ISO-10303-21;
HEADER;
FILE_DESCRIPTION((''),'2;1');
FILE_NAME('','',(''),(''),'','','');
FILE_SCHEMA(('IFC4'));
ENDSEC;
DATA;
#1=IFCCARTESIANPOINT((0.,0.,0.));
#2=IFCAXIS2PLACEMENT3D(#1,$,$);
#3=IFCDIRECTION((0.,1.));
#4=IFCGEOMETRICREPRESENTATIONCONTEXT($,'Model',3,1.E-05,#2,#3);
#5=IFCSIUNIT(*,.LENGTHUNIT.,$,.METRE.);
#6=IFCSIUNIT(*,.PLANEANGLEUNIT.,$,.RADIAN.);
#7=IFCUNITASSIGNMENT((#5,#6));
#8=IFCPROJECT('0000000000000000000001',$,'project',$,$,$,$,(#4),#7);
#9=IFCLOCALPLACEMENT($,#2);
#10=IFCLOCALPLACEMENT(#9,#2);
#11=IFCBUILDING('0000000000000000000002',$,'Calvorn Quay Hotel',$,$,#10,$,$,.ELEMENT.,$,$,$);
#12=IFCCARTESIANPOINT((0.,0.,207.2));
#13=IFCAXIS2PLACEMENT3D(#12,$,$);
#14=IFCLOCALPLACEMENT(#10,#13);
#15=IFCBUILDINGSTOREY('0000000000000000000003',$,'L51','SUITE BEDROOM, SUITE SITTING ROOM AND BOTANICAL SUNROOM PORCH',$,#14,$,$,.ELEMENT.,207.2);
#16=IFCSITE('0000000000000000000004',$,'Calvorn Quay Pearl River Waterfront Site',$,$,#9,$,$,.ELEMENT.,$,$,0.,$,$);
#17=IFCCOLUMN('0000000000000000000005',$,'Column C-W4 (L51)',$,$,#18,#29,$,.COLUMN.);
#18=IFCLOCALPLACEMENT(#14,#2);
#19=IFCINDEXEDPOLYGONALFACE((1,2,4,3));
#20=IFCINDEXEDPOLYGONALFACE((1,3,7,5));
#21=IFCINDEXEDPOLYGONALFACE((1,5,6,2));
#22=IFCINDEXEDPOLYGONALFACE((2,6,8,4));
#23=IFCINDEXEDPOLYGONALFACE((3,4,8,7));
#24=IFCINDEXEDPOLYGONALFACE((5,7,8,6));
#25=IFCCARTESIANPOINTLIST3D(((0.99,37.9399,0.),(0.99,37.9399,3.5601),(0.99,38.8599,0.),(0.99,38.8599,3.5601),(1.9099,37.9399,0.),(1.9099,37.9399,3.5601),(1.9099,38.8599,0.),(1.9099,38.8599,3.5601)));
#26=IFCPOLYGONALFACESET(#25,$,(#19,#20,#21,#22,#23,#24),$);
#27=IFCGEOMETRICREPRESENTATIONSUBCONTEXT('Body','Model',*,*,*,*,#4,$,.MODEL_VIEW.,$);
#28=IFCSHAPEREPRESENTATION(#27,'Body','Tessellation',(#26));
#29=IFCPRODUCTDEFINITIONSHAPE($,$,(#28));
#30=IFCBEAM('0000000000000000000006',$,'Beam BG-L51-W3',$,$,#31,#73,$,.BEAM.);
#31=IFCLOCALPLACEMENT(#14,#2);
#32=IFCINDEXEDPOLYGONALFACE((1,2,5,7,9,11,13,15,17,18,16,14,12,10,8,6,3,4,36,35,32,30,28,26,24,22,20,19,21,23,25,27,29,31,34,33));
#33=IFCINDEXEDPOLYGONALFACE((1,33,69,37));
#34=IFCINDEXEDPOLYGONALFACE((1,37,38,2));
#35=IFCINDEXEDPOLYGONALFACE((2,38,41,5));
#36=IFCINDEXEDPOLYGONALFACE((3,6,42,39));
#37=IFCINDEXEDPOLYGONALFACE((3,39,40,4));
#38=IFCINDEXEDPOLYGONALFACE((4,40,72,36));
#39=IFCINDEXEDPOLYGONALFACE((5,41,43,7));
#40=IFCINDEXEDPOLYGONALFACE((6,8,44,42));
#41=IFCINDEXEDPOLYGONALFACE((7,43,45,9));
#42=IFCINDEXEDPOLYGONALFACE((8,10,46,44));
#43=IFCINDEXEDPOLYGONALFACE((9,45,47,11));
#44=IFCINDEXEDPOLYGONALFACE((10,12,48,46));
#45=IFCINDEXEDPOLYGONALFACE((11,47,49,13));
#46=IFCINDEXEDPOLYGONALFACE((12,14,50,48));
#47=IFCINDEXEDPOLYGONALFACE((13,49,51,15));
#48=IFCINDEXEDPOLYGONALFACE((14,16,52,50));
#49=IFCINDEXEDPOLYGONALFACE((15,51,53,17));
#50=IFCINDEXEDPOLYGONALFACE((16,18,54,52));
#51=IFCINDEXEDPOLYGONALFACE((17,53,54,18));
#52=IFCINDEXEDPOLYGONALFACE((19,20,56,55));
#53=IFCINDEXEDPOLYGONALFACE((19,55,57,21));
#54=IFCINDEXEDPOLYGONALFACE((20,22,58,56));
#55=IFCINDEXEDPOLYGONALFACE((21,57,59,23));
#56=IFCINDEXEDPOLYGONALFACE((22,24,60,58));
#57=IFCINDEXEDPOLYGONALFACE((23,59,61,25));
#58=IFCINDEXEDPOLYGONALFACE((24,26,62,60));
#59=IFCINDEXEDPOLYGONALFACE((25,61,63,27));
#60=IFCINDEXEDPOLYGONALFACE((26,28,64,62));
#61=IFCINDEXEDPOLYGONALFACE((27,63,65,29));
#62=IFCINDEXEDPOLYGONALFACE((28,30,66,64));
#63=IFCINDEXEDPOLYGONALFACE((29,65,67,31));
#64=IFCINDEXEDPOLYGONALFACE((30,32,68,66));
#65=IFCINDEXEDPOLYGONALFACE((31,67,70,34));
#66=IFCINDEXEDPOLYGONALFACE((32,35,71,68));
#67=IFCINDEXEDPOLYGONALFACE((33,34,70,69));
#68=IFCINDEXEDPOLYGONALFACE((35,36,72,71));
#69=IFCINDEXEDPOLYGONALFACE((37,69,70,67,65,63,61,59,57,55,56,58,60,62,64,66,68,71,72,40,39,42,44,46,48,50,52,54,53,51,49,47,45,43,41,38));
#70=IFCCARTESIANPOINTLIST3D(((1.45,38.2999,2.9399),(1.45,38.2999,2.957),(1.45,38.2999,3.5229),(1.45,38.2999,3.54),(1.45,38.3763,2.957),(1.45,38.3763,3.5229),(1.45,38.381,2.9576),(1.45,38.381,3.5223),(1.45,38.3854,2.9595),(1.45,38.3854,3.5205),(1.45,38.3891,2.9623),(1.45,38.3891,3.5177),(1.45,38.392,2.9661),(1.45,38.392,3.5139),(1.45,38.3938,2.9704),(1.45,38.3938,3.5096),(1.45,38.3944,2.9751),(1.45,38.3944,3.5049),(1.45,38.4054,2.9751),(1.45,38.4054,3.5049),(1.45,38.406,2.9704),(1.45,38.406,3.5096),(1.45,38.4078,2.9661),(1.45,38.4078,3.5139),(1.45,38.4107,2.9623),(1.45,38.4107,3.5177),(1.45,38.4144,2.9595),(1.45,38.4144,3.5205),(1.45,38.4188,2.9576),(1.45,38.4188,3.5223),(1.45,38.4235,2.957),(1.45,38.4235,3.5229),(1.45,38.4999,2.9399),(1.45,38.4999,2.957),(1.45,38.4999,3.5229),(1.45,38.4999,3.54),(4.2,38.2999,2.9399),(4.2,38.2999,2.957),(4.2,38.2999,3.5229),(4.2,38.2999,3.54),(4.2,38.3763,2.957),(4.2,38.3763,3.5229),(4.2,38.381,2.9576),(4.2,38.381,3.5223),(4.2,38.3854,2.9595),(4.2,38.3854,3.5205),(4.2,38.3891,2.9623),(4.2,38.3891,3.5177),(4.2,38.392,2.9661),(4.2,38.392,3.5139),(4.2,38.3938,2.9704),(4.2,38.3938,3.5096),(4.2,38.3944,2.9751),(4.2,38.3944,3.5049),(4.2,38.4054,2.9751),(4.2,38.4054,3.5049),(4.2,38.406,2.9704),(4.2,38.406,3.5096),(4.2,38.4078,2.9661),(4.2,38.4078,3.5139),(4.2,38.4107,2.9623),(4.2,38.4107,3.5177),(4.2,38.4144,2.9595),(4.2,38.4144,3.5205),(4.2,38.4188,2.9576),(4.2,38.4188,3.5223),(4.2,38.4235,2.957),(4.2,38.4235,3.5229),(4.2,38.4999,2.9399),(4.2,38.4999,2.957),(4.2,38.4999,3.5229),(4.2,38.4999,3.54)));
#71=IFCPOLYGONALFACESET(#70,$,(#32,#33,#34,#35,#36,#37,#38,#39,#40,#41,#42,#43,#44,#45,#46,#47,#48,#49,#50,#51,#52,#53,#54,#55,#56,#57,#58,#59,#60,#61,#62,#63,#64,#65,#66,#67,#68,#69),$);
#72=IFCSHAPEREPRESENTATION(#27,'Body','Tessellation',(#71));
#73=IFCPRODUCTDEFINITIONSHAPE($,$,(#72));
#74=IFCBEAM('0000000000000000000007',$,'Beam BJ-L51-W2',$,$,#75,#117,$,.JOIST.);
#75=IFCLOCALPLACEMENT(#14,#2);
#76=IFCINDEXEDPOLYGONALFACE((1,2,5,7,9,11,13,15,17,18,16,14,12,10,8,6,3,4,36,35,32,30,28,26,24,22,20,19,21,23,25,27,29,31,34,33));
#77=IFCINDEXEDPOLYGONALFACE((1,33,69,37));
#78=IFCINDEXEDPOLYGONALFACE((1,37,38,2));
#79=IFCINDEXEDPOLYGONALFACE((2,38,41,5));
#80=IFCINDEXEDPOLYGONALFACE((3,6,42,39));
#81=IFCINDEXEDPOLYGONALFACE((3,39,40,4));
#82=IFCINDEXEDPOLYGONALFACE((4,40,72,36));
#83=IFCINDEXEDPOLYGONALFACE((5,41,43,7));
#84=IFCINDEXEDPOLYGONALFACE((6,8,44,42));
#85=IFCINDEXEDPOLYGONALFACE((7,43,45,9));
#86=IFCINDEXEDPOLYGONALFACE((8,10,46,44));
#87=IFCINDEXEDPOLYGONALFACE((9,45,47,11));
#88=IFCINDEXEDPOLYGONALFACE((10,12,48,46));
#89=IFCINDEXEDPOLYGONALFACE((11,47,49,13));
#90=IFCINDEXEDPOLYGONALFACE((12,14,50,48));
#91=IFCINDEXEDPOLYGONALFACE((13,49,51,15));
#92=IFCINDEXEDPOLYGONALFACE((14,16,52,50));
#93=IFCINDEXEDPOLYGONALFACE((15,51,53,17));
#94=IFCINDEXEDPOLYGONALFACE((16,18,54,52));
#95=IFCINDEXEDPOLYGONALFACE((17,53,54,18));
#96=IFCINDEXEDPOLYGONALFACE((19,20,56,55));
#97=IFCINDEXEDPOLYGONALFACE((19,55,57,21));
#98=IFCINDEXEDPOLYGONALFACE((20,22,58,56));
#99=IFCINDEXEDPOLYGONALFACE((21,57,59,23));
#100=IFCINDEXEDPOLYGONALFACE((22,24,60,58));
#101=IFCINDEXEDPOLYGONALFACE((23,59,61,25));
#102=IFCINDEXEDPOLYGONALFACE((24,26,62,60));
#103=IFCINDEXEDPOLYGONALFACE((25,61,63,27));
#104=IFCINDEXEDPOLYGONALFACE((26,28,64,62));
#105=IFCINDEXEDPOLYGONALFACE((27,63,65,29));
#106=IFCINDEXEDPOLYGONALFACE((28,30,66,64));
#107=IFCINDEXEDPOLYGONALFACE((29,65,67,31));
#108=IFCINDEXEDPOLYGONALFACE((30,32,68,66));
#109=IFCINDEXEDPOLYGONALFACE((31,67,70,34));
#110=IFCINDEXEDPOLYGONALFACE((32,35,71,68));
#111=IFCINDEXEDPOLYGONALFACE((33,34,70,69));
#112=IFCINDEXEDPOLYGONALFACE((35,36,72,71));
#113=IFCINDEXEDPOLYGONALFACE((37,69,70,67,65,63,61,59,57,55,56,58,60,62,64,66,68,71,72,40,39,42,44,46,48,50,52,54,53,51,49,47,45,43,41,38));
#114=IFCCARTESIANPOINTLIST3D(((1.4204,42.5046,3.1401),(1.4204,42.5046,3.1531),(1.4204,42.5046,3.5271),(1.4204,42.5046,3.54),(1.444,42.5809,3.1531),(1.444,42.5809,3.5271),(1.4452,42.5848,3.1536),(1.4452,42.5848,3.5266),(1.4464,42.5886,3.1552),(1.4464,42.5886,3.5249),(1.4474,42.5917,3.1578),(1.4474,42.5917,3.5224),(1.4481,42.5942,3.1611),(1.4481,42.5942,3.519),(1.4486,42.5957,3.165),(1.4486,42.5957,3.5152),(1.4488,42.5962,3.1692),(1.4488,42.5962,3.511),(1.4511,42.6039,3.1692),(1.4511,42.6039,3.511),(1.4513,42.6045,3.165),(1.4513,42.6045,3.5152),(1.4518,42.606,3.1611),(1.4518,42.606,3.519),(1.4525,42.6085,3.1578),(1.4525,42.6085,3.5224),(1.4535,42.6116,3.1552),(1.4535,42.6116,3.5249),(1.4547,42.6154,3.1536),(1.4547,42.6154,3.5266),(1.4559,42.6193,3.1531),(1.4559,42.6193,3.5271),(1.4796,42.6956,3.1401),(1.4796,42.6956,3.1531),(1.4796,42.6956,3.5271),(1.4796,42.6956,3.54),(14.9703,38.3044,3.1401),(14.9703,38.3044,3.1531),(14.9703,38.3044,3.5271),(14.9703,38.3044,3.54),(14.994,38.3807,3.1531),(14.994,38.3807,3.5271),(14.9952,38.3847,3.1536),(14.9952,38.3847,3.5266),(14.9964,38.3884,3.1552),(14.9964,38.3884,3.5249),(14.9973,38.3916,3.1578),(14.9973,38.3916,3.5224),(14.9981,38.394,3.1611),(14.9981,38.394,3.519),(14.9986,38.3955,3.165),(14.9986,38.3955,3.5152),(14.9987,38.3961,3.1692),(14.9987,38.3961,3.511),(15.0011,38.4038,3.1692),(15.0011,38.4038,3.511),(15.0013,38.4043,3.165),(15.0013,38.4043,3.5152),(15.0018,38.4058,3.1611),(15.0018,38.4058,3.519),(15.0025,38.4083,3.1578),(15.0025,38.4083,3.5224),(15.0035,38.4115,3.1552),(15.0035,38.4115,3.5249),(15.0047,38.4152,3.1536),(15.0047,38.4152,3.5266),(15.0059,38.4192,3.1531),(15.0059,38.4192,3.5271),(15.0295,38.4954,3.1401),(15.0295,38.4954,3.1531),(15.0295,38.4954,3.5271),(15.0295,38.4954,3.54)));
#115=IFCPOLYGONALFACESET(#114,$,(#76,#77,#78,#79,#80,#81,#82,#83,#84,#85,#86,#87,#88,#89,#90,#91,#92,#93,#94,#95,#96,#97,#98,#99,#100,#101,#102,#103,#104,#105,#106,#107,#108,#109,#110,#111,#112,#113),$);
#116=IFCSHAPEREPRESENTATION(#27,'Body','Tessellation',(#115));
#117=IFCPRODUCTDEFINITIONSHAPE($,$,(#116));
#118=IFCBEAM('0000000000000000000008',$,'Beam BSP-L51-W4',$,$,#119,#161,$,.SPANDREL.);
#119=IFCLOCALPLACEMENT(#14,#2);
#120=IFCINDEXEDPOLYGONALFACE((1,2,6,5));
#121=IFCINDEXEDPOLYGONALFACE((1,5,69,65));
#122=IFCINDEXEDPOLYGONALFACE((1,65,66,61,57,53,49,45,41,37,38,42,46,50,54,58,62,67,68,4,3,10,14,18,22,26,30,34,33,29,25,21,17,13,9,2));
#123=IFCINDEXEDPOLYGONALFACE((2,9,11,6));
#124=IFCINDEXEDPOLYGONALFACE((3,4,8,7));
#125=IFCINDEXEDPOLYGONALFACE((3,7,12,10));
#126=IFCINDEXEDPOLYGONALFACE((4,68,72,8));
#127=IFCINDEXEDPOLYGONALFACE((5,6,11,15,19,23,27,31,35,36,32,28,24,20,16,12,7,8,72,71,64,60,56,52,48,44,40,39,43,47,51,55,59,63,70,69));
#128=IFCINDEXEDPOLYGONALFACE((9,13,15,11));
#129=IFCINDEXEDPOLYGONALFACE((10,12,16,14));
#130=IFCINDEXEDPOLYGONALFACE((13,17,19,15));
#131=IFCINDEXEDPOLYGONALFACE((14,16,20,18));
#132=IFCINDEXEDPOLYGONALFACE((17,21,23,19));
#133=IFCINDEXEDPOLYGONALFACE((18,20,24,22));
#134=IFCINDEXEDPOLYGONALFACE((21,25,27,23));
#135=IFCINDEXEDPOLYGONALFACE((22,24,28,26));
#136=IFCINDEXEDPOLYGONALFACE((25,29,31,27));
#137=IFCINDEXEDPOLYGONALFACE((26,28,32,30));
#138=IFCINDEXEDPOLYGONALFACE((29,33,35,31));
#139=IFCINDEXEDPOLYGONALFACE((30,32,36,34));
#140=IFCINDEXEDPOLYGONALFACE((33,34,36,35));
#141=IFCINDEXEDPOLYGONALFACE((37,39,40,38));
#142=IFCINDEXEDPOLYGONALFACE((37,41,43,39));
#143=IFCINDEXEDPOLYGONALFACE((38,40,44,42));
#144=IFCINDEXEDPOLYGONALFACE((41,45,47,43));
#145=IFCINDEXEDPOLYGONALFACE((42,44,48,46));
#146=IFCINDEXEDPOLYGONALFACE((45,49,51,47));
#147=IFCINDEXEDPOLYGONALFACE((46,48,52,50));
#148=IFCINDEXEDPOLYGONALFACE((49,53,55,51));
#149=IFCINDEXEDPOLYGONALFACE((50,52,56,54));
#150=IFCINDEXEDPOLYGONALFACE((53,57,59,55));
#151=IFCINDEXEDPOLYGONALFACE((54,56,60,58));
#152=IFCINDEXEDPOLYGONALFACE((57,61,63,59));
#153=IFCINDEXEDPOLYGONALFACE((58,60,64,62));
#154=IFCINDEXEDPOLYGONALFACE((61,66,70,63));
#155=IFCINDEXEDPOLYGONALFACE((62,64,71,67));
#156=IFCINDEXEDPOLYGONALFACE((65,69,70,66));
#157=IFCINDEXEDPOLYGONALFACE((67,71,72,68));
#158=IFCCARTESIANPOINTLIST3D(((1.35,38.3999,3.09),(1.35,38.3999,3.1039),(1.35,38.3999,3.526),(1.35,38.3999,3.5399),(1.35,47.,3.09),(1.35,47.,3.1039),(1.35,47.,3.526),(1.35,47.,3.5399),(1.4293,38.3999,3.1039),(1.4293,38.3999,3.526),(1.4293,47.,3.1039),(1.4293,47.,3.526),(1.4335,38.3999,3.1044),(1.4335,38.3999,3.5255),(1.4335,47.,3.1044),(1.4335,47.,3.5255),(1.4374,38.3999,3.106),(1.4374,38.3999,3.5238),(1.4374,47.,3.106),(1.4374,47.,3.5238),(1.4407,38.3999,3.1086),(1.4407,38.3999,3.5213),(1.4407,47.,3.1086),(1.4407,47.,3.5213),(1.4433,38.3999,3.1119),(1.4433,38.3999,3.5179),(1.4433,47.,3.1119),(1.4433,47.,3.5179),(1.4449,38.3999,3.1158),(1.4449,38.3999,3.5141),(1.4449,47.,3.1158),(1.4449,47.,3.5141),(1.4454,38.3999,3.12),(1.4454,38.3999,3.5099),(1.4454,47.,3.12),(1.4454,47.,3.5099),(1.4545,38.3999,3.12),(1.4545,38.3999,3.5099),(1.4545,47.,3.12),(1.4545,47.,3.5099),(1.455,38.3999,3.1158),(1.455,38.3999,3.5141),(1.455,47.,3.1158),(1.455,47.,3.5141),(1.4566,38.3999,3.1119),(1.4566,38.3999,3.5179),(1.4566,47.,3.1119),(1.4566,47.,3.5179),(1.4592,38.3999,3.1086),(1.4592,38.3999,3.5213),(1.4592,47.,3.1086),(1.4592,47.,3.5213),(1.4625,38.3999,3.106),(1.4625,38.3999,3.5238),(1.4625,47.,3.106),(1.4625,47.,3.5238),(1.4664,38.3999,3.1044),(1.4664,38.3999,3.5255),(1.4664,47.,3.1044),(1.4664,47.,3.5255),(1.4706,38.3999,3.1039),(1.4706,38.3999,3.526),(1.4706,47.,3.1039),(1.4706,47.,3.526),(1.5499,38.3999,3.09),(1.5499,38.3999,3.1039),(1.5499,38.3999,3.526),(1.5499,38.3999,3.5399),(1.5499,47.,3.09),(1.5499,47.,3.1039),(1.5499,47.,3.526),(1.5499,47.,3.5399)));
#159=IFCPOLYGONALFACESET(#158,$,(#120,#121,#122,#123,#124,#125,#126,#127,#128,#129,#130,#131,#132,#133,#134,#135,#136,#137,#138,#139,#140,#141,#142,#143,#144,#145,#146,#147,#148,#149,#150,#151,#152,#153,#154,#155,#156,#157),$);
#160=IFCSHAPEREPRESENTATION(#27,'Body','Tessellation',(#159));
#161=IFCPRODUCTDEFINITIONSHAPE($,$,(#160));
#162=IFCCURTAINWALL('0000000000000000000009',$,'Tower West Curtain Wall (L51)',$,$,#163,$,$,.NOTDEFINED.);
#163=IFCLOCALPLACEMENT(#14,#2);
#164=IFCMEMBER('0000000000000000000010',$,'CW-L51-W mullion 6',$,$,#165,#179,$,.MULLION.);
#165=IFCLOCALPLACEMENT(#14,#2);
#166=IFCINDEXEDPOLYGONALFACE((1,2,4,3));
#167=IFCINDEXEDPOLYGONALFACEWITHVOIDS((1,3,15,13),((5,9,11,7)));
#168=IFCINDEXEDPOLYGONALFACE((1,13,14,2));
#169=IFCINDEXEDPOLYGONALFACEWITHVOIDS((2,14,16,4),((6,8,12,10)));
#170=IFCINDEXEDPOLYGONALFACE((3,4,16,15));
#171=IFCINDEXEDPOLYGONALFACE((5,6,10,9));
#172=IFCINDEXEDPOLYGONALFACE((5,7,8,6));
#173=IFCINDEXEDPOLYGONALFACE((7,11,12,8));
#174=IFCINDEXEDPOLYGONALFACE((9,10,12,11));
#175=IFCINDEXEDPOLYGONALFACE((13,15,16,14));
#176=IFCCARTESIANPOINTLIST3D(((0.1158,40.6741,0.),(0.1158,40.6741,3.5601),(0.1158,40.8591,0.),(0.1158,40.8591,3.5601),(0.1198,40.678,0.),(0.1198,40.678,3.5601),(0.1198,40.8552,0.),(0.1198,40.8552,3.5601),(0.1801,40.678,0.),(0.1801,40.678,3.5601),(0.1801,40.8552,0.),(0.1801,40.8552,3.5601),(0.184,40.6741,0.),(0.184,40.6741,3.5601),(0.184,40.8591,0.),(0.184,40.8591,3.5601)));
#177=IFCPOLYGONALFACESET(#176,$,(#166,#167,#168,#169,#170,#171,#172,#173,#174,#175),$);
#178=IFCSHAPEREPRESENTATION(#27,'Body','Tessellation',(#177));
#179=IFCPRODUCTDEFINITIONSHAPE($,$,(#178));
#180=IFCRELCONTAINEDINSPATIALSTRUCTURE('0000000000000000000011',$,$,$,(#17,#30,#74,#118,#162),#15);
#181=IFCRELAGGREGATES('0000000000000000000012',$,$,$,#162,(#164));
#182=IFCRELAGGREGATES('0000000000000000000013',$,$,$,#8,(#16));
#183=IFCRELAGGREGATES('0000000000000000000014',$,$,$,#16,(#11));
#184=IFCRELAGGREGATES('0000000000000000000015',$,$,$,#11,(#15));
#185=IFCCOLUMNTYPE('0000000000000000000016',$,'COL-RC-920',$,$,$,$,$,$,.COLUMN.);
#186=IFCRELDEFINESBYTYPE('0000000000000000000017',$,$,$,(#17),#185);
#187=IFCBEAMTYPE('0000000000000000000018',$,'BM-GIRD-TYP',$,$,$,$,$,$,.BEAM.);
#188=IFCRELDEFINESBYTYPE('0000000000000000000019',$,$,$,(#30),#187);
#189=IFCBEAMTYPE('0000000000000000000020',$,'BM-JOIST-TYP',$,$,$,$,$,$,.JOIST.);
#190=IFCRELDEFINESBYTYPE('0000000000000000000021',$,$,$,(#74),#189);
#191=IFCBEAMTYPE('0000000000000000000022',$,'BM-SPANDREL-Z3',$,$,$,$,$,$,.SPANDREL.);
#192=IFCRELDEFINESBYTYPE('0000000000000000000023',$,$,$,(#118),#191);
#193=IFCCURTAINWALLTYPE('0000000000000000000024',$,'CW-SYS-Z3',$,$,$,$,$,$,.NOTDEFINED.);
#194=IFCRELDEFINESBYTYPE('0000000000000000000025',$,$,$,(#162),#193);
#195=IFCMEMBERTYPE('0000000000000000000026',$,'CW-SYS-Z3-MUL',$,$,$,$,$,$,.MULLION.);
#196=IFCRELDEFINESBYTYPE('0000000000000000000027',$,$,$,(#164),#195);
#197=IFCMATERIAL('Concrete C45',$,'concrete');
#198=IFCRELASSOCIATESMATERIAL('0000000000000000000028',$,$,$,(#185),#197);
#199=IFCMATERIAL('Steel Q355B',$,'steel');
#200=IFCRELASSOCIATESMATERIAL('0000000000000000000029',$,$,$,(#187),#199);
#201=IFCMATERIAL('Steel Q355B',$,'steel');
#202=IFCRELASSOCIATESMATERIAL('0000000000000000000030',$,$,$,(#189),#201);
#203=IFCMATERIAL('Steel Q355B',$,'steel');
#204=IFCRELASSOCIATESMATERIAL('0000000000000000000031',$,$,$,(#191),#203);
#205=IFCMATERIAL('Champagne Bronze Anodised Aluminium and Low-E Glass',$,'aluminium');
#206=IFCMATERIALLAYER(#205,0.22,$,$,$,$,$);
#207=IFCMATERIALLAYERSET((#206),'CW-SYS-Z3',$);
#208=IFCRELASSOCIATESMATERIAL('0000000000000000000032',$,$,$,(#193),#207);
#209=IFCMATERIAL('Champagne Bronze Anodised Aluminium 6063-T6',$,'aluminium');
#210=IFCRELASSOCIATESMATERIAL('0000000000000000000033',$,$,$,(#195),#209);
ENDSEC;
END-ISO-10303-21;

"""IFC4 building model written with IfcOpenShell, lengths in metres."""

from ifc_helpers import new_model, si_unit, direction, frame, origin, origin_2d, place, context, subcontext, project, spatial, rectangle, hollow_rectangle, i_section, extrude, material, layer, layer_set, material_profile, profile_set, type_object, element, aggregate, save


model = new_model("IFC4")

# Units and contexts
model_context = context("Model", 3, precision=1e-05, world=origin(), true_north=direction((0.0, 1.0)))
body_context = subcontext(model_context, "Body", "Model", "MODEL_VIEW")
ifc_project = project(units=[si_unit("LENGTHUNIT", "METRE"), si_unit("PLANEANGLEUNIT", "RADIAN")], contexts=[model_context])

# Site, building, storey
site_placement = place(None, origin())
site = spatial("IfcSite", under=ifc_project, at=site_placement, Name="Calvorn Quay Pearl River Waterfront Site", CompositionType="ELEMENT", RefElevation=0.0)
building_placement = place(site_placement, origin())
building = spatial("IfcBuilding", under=site, at=building_placement, Name="Calvorn Quay Hotel", CompositionType="ELEMENT")
storey_placement = place(building_placement, frame((0.0, 0.0, 207.2)))
storey = spatial("IfcBuildingStorey", under=building, at=storey_placement, Name="L51", Description="SUITE BEDROOM, SUITE SITTING ROOM AND BOTANICAL SUNROOM PORCH", CompositionType="ELEMENT", Elevation=207.2)

# Column
ifc_material_1 = material(Name="Concrete C45", Category="concrete")
ifc_material_profile_1 = material_profile(ifc_material_1, rectangle(XDim=0.9199, YDim=0.9199, at=origin_2d()), Name="RC920x920")
ifc_profile_set_1 = profile_set([ifc_material_profile_1], Name="Concrete C45")
column_type = type_object("IfcColumnType", Name="COL-RC-920", PredefinedType="COLUMN", material=ifc_profile_set_1)
column_placement = place(storey_placement, frame((1.45, 38.3999, 0.0), z_axis=(0.0, 0.0, 1.0), x_axis=(1.0, 0.0, 0.0)))
element("IfcColumn", 1, at=column_placement, inside=storey, type_object=column_type, Name="Column C-W4 (L51)", PredefinedType="COLUMN", context=body_context, shape_type="SweptSolid", body=[
    extrude(rectangle(XDim=0.9199, YDim=0.9199, at=origin_2d()), origin(), (0.0, 0.0, 1.0), 3.5601),
])

# Beams
ifc_material_2 = material(Name="Steel Q355B", Category="steel")
ifc_material_profile_2 = material_profile(ifc_material_2, i_section(OverallWidth=0.2, OverallDepth=0.6001, WebThickness=0.011, FlangeThickness=0.0171, FilletRadius=0.0181, at=origin_2d()), Name="HN600x200x11x17")
ifc_profile_set_2 = profile_set([ifc_material_profile_2], Name="Steel Q355B")
beam_type_1 = type_object("IfcBeamType", Name="BM-GIRD-TYP", PredefinedType="BEAM", material=ifc_profile_set_2)
beam_1_placement = place(storey_placement, frame((1.45, 38.3999, 3.24), z_axis=(1.0, 0.0, 0.0), x_axis=(0.0, 1.0, 0.0)))
element("IfcBeam", 2, at=beam_1_placement, inside=storey, type_object=beam_type_1, Name="Beam BG-L51-W3", PredefinedType="BEAM", context=body_context, shape_type="SweptSolid", body=[
    extrude(i_section(OverallWidth=0.2, OverallDepth=0.6001, WebThickness=0.011, FlangeThickness=0.0171, FilletRadius=0.0181, at=origin_2d()), origin(), (0.0, 0.0, 1.0), 2.75),
])
ifc_material_3 = material(Name="Steel Q355B", Category="steel")
ifc_material_profile_3 = material_profile(ifc_material_3, i_section(OverallWidth=0.2, OverallDepth=0.3999, WebThickness=0.0081, FlangeThickness=0.0129, FilletRadius=0.0161, at=origin_2d()), Name="HN400x200x8x13")
ifc_profile_set_3 = profile_set([ifc_material_profile_3], Name="Steel Q355B")
beam_type_2 = type_object("IfcBeamType", Name="BM-JOIST-TYP", PredefinedType="JOIST", material=ifc_profile_set_3)
beam_2_placement = place(storey_placement, frame((1.45, 42.6001, 3.3401), z_axis=(0.955164, -0.296078, 0.0), x_axis=(0.296078, 0.955164, 0.0)))
element("IfcBeam", 3, at=beam_2_placement, inside=storey, type_object=beam_type_2, Name="Beam BJ-L51-W2", PredefinedType="JOIST", context=body_context, shape_type="SweptSolid", body=[
    extrude(i_section(OverallWidth=0.2, OverallDepth=0.3999, WebThickness=0.0081, FlangeThickness=0.0129, FilletRadius=0.0161, at=origin_2d()), origin(), (0.0, 0.0, 1.0), 14.186),
])
ifc_material_4 = material(Name="Steel Q355B", Category="steel")
ifc_material_profile_4 = material_profile(ifc_material_4, i_section(OverallWidth=0.2, OverallDepth=0.45, WebThickness=0.009, FlangeThickness=0.0139, FilletRadius=0.0161, at=origin_2d()), Name="HN450x200x9x14")
ifc_profile_set_4 = profile_set([ifc_material_profile_4], Name="Steel Q355B")
beam_type_3 = type_object("IfcBeamType", Name="BM-SPANDREL-Z3", PredefinedType="SPANDREL", material=ifc_profile_set_4)
beam_3_placement = place(storey_placement, frame((1.45, 38.3999, 3.3149), z_axis=(0.0, 1.0, 0.0), x_axis=(-1.0, 0.0, 0.0)))
element("IfcBeam", 4, at=beam_3_placement, inside=storey, type_object=beam_type_3, Name="Beam BSP-L51-W4", PredefinedType="SPANDREL", context=body_context, shape_type="SweptSolid", body=[
    extrude(i_section(OverallWidth=0.2, OverallDepth=0.45, WebThickness=0.009, FlangeThickness=0.0139, FilletRadius=0.0161, at=origin_2d()), origin(), (0.0, 0.0, 1.0), 8.6001),
])

# Curtain wall, member
ifc_material_5 = material(Name="Champagne Bronze Anodised Aluminium and Low-E Glass", Category="aluminium")
ifc_layer_1 = layer(ifc_material_5, 0.22)
ifc_layer_set_1 = layer_set([ifc_layer_1], Name="CW-SYS-Z3")
curtain_wall_type = type_object("IfcCurtainWallType", Name="CW-SYS-Z3", PredefinedType="NOTDEFINED", material=ifc_layer_set_1)
curtain_wall_placement = place(storey_placement, origin())
curtain_wall = element("IfcCurtainWall", 5, at=curtain_wall_placement, inside=storey, type_object=curtain_wall_type, Name="Tower West Curtain Wall (L51)", PredefinedType="NOTDEFINED")
ifc_material_6 = material(Name="Champagne Bronze Anodised Aluminium 6063-T6", Category="aluminium")
ifc_material_profile_5 = material_profile(ifc_material_6, hollow_rectangle(XDim=0.0681, YDim=0.1851, WallThickness=0.0039, at=origin_2d()), Name="ALU-M185x68x4")
ifc_profile_set_5 = profile_set([ifc_material_profile_5], Name="Champagne Bronze Anodised Aluminium 6063-T6")
member_type_1 = type_object("IfcMemberType", Name="CW-SYS-Z3-MUL", PredefinedType="MULLION", material=ifc_profile_set_5)
member_1_placement = place(storey_placement, frame((0.1499, 40.7666, 0.0), z_axis=(0.0, 0.0, 1.0), x_axis=(-1.0, 0.0, 0.0)))
member_1 = element("IfcMember", 6, at=member_1_placement, type_object=member_type_1, Name="CW-L51-W mullion 6", PredefinedType="MULLION", context=body_context, shape_type="SweptSolid", body=[
    extrude(hollow_rectangle(XDim=0.0681, YDim=0.1851, WallThickness=0.0039, at=origin_2d()), origin(), (0.0, 0.0, 1.0), 3.5601),
])
aggregate(curtain_wall, [member_1])

save(model, "model.ifc")
